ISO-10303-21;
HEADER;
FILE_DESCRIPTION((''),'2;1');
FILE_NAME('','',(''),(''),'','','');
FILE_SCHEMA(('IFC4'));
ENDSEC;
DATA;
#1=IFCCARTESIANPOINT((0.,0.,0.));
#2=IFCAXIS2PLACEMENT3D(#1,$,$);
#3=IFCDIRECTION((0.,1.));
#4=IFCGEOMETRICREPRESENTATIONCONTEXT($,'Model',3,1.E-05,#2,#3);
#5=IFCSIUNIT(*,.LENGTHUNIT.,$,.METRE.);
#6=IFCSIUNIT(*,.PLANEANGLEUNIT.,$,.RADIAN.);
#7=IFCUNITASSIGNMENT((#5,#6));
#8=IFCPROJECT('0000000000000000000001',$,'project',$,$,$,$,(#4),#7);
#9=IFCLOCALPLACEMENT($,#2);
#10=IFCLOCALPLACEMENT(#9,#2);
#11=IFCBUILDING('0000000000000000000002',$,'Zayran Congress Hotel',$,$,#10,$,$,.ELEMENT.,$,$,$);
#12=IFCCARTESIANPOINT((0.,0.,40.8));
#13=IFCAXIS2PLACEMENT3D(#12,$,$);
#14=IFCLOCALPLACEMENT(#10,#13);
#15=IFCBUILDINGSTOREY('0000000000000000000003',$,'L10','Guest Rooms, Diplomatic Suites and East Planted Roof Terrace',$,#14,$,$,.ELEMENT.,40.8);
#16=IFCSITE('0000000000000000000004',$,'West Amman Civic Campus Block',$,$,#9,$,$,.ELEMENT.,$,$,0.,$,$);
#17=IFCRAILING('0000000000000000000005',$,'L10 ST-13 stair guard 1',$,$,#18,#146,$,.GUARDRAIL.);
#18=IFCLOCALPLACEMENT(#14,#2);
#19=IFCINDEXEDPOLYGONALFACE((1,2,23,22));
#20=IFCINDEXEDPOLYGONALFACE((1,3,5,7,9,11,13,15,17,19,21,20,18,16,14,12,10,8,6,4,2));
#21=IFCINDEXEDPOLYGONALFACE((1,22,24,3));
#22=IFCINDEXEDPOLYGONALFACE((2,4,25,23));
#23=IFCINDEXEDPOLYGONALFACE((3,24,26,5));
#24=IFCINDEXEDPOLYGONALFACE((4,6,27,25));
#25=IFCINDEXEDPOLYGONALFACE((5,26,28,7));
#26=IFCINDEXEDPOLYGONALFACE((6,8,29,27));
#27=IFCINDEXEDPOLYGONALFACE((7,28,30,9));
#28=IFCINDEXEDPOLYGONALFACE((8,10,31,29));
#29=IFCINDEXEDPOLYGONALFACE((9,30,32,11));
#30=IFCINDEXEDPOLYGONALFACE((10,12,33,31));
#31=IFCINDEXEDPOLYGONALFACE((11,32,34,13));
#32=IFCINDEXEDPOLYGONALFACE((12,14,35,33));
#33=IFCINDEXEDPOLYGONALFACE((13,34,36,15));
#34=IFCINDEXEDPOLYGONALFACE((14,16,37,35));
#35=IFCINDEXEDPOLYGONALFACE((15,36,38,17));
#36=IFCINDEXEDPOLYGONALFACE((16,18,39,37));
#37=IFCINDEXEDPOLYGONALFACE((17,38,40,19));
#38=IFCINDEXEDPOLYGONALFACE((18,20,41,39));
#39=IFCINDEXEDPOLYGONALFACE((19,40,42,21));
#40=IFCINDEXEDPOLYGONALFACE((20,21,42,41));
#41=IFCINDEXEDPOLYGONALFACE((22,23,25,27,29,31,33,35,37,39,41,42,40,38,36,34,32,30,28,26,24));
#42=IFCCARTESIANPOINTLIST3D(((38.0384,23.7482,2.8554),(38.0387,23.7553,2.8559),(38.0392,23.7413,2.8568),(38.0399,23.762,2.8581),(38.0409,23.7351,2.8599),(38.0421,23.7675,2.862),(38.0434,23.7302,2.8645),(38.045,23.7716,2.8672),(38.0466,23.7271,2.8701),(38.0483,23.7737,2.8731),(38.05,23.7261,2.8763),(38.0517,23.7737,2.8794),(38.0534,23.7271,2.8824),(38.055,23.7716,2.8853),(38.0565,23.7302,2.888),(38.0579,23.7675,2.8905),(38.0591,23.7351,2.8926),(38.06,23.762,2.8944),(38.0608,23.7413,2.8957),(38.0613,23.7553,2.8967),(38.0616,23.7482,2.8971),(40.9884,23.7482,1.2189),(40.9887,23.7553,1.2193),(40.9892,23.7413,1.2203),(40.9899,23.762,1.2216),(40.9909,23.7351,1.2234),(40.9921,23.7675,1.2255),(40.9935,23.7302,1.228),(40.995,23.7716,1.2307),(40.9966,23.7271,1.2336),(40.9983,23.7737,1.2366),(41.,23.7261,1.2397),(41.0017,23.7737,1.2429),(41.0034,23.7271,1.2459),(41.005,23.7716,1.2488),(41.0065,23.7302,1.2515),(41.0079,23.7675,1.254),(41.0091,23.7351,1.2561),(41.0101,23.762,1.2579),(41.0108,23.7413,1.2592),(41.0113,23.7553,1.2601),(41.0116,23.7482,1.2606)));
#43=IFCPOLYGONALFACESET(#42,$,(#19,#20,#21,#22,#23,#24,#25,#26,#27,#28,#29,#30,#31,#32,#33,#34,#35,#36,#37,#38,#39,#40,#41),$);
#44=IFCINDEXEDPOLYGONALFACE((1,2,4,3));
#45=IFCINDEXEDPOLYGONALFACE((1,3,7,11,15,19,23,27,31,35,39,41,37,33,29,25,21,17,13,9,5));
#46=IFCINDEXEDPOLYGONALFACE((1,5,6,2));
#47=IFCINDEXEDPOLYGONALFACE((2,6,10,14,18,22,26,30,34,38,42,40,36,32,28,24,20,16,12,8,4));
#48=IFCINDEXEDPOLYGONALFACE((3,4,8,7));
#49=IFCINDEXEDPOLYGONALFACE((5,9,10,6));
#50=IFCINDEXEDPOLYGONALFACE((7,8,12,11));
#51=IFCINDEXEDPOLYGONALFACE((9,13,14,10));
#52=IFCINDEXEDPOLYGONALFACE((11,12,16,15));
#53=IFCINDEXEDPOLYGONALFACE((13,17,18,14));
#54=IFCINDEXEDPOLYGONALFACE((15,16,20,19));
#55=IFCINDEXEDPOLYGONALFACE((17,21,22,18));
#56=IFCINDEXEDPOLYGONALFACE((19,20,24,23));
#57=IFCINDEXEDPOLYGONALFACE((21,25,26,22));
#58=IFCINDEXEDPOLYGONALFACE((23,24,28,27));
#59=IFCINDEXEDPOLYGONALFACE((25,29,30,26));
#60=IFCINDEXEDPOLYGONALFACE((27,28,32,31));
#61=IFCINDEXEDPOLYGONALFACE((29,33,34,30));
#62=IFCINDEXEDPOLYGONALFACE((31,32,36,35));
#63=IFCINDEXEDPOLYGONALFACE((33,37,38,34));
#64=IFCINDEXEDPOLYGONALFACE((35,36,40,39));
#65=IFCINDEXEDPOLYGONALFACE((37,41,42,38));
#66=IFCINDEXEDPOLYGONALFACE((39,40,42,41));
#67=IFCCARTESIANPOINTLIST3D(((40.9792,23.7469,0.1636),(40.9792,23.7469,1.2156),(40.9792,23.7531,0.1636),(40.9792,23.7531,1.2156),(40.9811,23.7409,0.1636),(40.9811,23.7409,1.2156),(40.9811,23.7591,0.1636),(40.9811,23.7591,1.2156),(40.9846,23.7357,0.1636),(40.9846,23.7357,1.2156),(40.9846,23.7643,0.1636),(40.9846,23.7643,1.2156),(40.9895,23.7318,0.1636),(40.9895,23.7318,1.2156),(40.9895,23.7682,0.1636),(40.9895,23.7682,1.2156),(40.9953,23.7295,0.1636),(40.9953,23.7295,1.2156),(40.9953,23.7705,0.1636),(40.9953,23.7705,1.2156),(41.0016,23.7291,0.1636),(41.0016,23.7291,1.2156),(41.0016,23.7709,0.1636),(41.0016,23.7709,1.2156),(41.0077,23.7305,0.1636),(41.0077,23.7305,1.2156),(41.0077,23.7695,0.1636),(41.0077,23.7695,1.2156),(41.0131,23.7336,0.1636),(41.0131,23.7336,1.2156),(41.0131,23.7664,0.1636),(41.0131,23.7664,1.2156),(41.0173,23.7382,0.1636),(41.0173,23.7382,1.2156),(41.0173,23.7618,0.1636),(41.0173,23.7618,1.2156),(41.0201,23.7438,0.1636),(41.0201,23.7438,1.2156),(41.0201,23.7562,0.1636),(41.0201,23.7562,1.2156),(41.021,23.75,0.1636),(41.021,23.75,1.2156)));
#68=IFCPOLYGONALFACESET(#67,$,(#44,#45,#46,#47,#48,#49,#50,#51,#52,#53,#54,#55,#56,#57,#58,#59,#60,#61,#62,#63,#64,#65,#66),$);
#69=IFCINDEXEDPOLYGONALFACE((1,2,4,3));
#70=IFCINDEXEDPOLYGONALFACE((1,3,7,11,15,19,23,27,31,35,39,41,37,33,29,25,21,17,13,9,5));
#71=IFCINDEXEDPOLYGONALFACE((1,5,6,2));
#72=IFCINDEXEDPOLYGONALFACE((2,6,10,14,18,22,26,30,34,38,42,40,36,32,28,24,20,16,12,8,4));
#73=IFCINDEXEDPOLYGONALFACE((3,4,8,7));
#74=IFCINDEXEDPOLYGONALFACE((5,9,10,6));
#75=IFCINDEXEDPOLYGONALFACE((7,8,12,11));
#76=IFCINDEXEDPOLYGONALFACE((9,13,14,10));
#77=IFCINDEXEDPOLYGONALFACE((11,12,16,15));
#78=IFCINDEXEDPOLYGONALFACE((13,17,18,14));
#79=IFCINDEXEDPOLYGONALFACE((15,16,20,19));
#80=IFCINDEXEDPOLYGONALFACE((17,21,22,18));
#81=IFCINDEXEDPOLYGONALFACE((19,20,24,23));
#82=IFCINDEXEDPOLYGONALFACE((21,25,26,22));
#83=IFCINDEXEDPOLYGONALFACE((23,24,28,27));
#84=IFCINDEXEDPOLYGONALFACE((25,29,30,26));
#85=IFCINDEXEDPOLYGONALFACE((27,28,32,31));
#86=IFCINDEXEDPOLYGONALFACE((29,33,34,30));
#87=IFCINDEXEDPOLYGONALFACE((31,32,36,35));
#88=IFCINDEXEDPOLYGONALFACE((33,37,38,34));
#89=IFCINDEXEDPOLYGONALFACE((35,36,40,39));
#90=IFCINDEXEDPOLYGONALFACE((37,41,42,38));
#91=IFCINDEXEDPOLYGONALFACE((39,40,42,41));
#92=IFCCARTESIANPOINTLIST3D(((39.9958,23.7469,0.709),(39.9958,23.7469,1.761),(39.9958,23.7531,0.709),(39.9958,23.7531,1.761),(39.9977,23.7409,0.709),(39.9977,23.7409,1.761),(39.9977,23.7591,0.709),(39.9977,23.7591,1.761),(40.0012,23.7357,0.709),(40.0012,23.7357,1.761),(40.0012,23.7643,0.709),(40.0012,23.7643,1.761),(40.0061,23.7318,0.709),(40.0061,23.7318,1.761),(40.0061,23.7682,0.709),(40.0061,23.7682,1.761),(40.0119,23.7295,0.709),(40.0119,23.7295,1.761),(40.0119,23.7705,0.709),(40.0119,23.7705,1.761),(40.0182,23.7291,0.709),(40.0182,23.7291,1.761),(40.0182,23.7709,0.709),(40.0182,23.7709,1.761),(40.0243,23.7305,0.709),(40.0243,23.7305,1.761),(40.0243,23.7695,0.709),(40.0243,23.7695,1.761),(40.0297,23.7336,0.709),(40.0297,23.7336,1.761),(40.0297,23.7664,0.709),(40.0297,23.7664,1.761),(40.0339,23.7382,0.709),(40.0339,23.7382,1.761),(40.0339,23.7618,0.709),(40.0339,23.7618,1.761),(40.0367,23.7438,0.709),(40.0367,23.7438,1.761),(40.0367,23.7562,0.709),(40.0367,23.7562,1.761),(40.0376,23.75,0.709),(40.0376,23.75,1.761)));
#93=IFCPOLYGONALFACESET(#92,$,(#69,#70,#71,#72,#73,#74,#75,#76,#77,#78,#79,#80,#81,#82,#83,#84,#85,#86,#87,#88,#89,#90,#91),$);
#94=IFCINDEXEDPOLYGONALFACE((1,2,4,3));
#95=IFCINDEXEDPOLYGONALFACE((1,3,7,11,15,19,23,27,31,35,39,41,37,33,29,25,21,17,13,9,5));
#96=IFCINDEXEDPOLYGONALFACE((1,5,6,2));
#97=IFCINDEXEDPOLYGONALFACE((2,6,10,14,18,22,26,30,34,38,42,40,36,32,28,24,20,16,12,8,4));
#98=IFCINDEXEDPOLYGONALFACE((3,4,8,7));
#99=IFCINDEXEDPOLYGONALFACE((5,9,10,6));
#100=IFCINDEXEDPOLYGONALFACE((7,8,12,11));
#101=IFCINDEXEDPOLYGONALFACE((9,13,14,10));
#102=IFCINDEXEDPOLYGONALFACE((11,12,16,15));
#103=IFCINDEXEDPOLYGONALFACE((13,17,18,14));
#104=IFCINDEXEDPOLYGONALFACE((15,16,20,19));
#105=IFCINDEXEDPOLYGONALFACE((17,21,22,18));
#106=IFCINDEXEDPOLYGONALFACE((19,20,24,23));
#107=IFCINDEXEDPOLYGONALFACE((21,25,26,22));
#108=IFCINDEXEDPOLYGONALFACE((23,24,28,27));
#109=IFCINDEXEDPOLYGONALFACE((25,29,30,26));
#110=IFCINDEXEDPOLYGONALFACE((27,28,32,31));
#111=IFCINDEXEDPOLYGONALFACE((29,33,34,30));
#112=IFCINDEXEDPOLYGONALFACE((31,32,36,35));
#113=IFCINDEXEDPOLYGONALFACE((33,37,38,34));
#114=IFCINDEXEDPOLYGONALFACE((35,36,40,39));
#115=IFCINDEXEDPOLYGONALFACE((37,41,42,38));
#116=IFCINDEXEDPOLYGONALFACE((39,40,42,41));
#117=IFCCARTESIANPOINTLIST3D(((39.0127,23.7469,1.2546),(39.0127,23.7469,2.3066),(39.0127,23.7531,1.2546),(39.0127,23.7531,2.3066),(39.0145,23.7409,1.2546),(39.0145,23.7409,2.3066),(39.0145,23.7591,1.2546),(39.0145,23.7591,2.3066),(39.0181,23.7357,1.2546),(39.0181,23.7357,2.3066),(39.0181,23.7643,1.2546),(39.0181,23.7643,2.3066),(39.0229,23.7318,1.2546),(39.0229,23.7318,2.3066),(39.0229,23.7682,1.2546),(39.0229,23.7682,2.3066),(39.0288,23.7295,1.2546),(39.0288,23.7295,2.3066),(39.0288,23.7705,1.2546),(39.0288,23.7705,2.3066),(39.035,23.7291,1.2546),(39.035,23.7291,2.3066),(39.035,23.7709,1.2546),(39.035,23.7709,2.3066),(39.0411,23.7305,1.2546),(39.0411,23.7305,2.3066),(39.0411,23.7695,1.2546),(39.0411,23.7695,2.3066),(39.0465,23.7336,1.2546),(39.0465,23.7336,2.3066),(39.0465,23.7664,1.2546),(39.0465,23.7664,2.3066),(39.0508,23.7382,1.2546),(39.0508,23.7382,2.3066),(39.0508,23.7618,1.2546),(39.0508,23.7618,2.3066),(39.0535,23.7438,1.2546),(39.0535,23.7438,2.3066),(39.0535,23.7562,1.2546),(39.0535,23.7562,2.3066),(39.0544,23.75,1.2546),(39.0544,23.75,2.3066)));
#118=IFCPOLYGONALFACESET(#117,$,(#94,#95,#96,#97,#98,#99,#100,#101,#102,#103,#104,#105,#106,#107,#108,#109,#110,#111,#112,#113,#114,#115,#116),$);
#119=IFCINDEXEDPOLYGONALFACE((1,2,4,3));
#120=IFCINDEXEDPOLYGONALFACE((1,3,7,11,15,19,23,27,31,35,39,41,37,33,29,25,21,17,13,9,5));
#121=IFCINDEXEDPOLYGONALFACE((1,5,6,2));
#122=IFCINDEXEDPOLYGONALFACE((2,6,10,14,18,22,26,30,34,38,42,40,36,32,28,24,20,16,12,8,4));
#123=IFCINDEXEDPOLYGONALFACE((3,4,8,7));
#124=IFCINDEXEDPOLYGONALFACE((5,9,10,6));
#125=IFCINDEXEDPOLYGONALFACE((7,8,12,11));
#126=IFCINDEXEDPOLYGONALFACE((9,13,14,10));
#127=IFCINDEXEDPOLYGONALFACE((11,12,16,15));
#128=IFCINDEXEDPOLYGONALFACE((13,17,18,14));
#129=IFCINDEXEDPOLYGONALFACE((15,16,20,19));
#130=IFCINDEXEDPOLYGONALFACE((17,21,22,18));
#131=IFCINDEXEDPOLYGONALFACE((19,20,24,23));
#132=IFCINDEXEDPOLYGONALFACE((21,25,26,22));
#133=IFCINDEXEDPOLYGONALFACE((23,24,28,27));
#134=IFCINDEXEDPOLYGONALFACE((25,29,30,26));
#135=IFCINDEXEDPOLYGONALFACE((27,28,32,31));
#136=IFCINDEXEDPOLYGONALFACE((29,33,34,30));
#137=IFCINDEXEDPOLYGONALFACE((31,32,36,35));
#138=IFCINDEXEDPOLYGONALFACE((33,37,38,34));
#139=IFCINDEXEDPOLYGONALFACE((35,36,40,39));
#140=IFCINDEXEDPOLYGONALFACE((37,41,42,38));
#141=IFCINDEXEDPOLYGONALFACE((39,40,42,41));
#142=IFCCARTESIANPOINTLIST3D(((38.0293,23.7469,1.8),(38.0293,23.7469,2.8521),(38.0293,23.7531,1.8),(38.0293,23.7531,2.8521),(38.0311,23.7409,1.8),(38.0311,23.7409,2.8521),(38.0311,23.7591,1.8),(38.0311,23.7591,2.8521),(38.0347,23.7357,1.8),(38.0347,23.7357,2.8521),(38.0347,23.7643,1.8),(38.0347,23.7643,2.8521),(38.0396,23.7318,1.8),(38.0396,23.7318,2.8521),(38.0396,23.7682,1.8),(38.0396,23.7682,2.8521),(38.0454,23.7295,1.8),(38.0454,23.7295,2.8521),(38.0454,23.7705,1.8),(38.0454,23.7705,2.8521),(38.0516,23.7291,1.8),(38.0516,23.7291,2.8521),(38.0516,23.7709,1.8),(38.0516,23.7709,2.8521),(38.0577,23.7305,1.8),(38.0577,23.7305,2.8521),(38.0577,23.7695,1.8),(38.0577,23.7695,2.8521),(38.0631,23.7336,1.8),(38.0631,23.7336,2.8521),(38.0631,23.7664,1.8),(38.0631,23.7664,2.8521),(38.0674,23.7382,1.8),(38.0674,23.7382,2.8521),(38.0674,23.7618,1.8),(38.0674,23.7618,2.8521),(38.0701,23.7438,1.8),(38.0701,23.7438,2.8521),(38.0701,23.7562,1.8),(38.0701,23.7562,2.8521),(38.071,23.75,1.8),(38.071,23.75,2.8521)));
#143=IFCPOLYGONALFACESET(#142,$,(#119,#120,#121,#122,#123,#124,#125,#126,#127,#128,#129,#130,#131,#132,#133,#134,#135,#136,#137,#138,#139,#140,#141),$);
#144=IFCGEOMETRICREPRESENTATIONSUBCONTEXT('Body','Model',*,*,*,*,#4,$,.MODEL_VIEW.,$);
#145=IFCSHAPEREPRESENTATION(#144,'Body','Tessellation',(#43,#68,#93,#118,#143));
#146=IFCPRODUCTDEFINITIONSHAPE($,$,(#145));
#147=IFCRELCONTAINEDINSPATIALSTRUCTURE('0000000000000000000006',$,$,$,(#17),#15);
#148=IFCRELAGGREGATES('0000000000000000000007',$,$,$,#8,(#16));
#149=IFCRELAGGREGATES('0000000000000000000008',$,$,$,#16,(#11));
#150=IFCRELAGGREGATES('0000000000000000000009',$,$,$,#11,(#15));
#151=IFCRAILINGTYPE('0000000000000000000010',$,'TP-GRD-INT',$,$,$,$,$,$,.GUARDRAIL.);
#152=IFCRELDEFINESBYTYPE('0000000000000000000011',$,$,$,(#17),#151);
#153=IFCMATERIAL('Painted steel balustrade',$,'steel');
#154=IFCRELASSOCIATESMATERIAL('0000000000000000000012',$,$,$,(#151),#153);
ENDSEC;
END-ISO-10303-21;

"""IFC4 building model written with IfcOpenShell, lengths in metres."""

from ifc_helpers import new_model, si_unit, direction, frame, origin, origin_2d, place, context, subcontext, project, spatial, circle, extrude, material, type_object, element, save


model = new_model("IFC4")

# Units and contexts
model_context = context("Model", 3, precision=1e-05, world=origin(), true_north=direction((0.0, 1.0)))
body_context = subcontext(model_context, "Body", "Model", "MODEL_VIEW")
ifc_project = project(units=[si_unit("LENGTHUNIT", "METRE"), si_unit("PLANEANGLEUNIT", "RADIAN")], contexts=[model_context])

# Site, building, storey
site_placement = place(None, origin())
site = spatial("IfcSite", under=ifc_project, at=site_placement, Name="West Amman Civic Campus Block", CompositionType="ELEMENT", RefElevation=0.0)
building_placement = place(site_placement, origin())
building = spatial("IfcBuilding", under=site, at=building_placement, Name="Zayran Congress Hotel", CompositionType="ELEMENT")
storey_placement = place(building_placement, frame((0.0, 0.0, 40.8)))
storey = spatial("IfcBuildingStorey", under=building, at=storey_placement, Name="L10", Description="Guest Rooms, Diplomatic Suites and East Planted Roof Terrace", CompositionType="ELEMENT", Elevation=40.8)

# Railing
ifc_material_1 = material(Name="Painted steel balustrade", Category="steel")
railing_type_1 = type_object("IfcRailingType", Name="TP-GRD-INT", PredefinedType="GUARDRAIL", material=ifc_material_1)
railing_1_placement = place(storey_placement, frame((41.0, 23.75, 0.1636)))
element("IfcRailing", 1, at=railing_1_placement, inside=storey, type_object=railing_type_1, Name="L10 ST-13 stair guard 1", PredefinedType="GUARDRAIL", context=body_context, shape_type="SweptSolid", body=[
    extrude(circle(Radius=0.0239, at=origin_2d()), frame((0.0, 0.0, 1.0762), z_axis=(-0.874458, 0.0, 0.485102), x_axis=(0.0, -1.0, 0.0)), (0.0, 0.0, 1.0), 3.3735),
    extrude(circle(Radius=0.021, at=origin_2d()), origin(), (0.0, 0.0, 1.0), 1.052),
    extrude(circle(Radius=0.021, at=origin_2d()), frame((-0.9834, 0.0, 0.5454)), (0.0, 0.0, 1.0), 1.052),
    extrude(circle(Radius=0.021, at=origin_2d()), frame((-1.9666, 0.0, 1.0911)), (0.0, 0.0, 1.0), 1.052),
    extrude(circle(Radius=0.021, at=origin_2d()), frame((-2.95, 0.0, 1.6365)), (0.0, 0.0, 1.0), 1.052),
])

save(model, "model.ifc")
